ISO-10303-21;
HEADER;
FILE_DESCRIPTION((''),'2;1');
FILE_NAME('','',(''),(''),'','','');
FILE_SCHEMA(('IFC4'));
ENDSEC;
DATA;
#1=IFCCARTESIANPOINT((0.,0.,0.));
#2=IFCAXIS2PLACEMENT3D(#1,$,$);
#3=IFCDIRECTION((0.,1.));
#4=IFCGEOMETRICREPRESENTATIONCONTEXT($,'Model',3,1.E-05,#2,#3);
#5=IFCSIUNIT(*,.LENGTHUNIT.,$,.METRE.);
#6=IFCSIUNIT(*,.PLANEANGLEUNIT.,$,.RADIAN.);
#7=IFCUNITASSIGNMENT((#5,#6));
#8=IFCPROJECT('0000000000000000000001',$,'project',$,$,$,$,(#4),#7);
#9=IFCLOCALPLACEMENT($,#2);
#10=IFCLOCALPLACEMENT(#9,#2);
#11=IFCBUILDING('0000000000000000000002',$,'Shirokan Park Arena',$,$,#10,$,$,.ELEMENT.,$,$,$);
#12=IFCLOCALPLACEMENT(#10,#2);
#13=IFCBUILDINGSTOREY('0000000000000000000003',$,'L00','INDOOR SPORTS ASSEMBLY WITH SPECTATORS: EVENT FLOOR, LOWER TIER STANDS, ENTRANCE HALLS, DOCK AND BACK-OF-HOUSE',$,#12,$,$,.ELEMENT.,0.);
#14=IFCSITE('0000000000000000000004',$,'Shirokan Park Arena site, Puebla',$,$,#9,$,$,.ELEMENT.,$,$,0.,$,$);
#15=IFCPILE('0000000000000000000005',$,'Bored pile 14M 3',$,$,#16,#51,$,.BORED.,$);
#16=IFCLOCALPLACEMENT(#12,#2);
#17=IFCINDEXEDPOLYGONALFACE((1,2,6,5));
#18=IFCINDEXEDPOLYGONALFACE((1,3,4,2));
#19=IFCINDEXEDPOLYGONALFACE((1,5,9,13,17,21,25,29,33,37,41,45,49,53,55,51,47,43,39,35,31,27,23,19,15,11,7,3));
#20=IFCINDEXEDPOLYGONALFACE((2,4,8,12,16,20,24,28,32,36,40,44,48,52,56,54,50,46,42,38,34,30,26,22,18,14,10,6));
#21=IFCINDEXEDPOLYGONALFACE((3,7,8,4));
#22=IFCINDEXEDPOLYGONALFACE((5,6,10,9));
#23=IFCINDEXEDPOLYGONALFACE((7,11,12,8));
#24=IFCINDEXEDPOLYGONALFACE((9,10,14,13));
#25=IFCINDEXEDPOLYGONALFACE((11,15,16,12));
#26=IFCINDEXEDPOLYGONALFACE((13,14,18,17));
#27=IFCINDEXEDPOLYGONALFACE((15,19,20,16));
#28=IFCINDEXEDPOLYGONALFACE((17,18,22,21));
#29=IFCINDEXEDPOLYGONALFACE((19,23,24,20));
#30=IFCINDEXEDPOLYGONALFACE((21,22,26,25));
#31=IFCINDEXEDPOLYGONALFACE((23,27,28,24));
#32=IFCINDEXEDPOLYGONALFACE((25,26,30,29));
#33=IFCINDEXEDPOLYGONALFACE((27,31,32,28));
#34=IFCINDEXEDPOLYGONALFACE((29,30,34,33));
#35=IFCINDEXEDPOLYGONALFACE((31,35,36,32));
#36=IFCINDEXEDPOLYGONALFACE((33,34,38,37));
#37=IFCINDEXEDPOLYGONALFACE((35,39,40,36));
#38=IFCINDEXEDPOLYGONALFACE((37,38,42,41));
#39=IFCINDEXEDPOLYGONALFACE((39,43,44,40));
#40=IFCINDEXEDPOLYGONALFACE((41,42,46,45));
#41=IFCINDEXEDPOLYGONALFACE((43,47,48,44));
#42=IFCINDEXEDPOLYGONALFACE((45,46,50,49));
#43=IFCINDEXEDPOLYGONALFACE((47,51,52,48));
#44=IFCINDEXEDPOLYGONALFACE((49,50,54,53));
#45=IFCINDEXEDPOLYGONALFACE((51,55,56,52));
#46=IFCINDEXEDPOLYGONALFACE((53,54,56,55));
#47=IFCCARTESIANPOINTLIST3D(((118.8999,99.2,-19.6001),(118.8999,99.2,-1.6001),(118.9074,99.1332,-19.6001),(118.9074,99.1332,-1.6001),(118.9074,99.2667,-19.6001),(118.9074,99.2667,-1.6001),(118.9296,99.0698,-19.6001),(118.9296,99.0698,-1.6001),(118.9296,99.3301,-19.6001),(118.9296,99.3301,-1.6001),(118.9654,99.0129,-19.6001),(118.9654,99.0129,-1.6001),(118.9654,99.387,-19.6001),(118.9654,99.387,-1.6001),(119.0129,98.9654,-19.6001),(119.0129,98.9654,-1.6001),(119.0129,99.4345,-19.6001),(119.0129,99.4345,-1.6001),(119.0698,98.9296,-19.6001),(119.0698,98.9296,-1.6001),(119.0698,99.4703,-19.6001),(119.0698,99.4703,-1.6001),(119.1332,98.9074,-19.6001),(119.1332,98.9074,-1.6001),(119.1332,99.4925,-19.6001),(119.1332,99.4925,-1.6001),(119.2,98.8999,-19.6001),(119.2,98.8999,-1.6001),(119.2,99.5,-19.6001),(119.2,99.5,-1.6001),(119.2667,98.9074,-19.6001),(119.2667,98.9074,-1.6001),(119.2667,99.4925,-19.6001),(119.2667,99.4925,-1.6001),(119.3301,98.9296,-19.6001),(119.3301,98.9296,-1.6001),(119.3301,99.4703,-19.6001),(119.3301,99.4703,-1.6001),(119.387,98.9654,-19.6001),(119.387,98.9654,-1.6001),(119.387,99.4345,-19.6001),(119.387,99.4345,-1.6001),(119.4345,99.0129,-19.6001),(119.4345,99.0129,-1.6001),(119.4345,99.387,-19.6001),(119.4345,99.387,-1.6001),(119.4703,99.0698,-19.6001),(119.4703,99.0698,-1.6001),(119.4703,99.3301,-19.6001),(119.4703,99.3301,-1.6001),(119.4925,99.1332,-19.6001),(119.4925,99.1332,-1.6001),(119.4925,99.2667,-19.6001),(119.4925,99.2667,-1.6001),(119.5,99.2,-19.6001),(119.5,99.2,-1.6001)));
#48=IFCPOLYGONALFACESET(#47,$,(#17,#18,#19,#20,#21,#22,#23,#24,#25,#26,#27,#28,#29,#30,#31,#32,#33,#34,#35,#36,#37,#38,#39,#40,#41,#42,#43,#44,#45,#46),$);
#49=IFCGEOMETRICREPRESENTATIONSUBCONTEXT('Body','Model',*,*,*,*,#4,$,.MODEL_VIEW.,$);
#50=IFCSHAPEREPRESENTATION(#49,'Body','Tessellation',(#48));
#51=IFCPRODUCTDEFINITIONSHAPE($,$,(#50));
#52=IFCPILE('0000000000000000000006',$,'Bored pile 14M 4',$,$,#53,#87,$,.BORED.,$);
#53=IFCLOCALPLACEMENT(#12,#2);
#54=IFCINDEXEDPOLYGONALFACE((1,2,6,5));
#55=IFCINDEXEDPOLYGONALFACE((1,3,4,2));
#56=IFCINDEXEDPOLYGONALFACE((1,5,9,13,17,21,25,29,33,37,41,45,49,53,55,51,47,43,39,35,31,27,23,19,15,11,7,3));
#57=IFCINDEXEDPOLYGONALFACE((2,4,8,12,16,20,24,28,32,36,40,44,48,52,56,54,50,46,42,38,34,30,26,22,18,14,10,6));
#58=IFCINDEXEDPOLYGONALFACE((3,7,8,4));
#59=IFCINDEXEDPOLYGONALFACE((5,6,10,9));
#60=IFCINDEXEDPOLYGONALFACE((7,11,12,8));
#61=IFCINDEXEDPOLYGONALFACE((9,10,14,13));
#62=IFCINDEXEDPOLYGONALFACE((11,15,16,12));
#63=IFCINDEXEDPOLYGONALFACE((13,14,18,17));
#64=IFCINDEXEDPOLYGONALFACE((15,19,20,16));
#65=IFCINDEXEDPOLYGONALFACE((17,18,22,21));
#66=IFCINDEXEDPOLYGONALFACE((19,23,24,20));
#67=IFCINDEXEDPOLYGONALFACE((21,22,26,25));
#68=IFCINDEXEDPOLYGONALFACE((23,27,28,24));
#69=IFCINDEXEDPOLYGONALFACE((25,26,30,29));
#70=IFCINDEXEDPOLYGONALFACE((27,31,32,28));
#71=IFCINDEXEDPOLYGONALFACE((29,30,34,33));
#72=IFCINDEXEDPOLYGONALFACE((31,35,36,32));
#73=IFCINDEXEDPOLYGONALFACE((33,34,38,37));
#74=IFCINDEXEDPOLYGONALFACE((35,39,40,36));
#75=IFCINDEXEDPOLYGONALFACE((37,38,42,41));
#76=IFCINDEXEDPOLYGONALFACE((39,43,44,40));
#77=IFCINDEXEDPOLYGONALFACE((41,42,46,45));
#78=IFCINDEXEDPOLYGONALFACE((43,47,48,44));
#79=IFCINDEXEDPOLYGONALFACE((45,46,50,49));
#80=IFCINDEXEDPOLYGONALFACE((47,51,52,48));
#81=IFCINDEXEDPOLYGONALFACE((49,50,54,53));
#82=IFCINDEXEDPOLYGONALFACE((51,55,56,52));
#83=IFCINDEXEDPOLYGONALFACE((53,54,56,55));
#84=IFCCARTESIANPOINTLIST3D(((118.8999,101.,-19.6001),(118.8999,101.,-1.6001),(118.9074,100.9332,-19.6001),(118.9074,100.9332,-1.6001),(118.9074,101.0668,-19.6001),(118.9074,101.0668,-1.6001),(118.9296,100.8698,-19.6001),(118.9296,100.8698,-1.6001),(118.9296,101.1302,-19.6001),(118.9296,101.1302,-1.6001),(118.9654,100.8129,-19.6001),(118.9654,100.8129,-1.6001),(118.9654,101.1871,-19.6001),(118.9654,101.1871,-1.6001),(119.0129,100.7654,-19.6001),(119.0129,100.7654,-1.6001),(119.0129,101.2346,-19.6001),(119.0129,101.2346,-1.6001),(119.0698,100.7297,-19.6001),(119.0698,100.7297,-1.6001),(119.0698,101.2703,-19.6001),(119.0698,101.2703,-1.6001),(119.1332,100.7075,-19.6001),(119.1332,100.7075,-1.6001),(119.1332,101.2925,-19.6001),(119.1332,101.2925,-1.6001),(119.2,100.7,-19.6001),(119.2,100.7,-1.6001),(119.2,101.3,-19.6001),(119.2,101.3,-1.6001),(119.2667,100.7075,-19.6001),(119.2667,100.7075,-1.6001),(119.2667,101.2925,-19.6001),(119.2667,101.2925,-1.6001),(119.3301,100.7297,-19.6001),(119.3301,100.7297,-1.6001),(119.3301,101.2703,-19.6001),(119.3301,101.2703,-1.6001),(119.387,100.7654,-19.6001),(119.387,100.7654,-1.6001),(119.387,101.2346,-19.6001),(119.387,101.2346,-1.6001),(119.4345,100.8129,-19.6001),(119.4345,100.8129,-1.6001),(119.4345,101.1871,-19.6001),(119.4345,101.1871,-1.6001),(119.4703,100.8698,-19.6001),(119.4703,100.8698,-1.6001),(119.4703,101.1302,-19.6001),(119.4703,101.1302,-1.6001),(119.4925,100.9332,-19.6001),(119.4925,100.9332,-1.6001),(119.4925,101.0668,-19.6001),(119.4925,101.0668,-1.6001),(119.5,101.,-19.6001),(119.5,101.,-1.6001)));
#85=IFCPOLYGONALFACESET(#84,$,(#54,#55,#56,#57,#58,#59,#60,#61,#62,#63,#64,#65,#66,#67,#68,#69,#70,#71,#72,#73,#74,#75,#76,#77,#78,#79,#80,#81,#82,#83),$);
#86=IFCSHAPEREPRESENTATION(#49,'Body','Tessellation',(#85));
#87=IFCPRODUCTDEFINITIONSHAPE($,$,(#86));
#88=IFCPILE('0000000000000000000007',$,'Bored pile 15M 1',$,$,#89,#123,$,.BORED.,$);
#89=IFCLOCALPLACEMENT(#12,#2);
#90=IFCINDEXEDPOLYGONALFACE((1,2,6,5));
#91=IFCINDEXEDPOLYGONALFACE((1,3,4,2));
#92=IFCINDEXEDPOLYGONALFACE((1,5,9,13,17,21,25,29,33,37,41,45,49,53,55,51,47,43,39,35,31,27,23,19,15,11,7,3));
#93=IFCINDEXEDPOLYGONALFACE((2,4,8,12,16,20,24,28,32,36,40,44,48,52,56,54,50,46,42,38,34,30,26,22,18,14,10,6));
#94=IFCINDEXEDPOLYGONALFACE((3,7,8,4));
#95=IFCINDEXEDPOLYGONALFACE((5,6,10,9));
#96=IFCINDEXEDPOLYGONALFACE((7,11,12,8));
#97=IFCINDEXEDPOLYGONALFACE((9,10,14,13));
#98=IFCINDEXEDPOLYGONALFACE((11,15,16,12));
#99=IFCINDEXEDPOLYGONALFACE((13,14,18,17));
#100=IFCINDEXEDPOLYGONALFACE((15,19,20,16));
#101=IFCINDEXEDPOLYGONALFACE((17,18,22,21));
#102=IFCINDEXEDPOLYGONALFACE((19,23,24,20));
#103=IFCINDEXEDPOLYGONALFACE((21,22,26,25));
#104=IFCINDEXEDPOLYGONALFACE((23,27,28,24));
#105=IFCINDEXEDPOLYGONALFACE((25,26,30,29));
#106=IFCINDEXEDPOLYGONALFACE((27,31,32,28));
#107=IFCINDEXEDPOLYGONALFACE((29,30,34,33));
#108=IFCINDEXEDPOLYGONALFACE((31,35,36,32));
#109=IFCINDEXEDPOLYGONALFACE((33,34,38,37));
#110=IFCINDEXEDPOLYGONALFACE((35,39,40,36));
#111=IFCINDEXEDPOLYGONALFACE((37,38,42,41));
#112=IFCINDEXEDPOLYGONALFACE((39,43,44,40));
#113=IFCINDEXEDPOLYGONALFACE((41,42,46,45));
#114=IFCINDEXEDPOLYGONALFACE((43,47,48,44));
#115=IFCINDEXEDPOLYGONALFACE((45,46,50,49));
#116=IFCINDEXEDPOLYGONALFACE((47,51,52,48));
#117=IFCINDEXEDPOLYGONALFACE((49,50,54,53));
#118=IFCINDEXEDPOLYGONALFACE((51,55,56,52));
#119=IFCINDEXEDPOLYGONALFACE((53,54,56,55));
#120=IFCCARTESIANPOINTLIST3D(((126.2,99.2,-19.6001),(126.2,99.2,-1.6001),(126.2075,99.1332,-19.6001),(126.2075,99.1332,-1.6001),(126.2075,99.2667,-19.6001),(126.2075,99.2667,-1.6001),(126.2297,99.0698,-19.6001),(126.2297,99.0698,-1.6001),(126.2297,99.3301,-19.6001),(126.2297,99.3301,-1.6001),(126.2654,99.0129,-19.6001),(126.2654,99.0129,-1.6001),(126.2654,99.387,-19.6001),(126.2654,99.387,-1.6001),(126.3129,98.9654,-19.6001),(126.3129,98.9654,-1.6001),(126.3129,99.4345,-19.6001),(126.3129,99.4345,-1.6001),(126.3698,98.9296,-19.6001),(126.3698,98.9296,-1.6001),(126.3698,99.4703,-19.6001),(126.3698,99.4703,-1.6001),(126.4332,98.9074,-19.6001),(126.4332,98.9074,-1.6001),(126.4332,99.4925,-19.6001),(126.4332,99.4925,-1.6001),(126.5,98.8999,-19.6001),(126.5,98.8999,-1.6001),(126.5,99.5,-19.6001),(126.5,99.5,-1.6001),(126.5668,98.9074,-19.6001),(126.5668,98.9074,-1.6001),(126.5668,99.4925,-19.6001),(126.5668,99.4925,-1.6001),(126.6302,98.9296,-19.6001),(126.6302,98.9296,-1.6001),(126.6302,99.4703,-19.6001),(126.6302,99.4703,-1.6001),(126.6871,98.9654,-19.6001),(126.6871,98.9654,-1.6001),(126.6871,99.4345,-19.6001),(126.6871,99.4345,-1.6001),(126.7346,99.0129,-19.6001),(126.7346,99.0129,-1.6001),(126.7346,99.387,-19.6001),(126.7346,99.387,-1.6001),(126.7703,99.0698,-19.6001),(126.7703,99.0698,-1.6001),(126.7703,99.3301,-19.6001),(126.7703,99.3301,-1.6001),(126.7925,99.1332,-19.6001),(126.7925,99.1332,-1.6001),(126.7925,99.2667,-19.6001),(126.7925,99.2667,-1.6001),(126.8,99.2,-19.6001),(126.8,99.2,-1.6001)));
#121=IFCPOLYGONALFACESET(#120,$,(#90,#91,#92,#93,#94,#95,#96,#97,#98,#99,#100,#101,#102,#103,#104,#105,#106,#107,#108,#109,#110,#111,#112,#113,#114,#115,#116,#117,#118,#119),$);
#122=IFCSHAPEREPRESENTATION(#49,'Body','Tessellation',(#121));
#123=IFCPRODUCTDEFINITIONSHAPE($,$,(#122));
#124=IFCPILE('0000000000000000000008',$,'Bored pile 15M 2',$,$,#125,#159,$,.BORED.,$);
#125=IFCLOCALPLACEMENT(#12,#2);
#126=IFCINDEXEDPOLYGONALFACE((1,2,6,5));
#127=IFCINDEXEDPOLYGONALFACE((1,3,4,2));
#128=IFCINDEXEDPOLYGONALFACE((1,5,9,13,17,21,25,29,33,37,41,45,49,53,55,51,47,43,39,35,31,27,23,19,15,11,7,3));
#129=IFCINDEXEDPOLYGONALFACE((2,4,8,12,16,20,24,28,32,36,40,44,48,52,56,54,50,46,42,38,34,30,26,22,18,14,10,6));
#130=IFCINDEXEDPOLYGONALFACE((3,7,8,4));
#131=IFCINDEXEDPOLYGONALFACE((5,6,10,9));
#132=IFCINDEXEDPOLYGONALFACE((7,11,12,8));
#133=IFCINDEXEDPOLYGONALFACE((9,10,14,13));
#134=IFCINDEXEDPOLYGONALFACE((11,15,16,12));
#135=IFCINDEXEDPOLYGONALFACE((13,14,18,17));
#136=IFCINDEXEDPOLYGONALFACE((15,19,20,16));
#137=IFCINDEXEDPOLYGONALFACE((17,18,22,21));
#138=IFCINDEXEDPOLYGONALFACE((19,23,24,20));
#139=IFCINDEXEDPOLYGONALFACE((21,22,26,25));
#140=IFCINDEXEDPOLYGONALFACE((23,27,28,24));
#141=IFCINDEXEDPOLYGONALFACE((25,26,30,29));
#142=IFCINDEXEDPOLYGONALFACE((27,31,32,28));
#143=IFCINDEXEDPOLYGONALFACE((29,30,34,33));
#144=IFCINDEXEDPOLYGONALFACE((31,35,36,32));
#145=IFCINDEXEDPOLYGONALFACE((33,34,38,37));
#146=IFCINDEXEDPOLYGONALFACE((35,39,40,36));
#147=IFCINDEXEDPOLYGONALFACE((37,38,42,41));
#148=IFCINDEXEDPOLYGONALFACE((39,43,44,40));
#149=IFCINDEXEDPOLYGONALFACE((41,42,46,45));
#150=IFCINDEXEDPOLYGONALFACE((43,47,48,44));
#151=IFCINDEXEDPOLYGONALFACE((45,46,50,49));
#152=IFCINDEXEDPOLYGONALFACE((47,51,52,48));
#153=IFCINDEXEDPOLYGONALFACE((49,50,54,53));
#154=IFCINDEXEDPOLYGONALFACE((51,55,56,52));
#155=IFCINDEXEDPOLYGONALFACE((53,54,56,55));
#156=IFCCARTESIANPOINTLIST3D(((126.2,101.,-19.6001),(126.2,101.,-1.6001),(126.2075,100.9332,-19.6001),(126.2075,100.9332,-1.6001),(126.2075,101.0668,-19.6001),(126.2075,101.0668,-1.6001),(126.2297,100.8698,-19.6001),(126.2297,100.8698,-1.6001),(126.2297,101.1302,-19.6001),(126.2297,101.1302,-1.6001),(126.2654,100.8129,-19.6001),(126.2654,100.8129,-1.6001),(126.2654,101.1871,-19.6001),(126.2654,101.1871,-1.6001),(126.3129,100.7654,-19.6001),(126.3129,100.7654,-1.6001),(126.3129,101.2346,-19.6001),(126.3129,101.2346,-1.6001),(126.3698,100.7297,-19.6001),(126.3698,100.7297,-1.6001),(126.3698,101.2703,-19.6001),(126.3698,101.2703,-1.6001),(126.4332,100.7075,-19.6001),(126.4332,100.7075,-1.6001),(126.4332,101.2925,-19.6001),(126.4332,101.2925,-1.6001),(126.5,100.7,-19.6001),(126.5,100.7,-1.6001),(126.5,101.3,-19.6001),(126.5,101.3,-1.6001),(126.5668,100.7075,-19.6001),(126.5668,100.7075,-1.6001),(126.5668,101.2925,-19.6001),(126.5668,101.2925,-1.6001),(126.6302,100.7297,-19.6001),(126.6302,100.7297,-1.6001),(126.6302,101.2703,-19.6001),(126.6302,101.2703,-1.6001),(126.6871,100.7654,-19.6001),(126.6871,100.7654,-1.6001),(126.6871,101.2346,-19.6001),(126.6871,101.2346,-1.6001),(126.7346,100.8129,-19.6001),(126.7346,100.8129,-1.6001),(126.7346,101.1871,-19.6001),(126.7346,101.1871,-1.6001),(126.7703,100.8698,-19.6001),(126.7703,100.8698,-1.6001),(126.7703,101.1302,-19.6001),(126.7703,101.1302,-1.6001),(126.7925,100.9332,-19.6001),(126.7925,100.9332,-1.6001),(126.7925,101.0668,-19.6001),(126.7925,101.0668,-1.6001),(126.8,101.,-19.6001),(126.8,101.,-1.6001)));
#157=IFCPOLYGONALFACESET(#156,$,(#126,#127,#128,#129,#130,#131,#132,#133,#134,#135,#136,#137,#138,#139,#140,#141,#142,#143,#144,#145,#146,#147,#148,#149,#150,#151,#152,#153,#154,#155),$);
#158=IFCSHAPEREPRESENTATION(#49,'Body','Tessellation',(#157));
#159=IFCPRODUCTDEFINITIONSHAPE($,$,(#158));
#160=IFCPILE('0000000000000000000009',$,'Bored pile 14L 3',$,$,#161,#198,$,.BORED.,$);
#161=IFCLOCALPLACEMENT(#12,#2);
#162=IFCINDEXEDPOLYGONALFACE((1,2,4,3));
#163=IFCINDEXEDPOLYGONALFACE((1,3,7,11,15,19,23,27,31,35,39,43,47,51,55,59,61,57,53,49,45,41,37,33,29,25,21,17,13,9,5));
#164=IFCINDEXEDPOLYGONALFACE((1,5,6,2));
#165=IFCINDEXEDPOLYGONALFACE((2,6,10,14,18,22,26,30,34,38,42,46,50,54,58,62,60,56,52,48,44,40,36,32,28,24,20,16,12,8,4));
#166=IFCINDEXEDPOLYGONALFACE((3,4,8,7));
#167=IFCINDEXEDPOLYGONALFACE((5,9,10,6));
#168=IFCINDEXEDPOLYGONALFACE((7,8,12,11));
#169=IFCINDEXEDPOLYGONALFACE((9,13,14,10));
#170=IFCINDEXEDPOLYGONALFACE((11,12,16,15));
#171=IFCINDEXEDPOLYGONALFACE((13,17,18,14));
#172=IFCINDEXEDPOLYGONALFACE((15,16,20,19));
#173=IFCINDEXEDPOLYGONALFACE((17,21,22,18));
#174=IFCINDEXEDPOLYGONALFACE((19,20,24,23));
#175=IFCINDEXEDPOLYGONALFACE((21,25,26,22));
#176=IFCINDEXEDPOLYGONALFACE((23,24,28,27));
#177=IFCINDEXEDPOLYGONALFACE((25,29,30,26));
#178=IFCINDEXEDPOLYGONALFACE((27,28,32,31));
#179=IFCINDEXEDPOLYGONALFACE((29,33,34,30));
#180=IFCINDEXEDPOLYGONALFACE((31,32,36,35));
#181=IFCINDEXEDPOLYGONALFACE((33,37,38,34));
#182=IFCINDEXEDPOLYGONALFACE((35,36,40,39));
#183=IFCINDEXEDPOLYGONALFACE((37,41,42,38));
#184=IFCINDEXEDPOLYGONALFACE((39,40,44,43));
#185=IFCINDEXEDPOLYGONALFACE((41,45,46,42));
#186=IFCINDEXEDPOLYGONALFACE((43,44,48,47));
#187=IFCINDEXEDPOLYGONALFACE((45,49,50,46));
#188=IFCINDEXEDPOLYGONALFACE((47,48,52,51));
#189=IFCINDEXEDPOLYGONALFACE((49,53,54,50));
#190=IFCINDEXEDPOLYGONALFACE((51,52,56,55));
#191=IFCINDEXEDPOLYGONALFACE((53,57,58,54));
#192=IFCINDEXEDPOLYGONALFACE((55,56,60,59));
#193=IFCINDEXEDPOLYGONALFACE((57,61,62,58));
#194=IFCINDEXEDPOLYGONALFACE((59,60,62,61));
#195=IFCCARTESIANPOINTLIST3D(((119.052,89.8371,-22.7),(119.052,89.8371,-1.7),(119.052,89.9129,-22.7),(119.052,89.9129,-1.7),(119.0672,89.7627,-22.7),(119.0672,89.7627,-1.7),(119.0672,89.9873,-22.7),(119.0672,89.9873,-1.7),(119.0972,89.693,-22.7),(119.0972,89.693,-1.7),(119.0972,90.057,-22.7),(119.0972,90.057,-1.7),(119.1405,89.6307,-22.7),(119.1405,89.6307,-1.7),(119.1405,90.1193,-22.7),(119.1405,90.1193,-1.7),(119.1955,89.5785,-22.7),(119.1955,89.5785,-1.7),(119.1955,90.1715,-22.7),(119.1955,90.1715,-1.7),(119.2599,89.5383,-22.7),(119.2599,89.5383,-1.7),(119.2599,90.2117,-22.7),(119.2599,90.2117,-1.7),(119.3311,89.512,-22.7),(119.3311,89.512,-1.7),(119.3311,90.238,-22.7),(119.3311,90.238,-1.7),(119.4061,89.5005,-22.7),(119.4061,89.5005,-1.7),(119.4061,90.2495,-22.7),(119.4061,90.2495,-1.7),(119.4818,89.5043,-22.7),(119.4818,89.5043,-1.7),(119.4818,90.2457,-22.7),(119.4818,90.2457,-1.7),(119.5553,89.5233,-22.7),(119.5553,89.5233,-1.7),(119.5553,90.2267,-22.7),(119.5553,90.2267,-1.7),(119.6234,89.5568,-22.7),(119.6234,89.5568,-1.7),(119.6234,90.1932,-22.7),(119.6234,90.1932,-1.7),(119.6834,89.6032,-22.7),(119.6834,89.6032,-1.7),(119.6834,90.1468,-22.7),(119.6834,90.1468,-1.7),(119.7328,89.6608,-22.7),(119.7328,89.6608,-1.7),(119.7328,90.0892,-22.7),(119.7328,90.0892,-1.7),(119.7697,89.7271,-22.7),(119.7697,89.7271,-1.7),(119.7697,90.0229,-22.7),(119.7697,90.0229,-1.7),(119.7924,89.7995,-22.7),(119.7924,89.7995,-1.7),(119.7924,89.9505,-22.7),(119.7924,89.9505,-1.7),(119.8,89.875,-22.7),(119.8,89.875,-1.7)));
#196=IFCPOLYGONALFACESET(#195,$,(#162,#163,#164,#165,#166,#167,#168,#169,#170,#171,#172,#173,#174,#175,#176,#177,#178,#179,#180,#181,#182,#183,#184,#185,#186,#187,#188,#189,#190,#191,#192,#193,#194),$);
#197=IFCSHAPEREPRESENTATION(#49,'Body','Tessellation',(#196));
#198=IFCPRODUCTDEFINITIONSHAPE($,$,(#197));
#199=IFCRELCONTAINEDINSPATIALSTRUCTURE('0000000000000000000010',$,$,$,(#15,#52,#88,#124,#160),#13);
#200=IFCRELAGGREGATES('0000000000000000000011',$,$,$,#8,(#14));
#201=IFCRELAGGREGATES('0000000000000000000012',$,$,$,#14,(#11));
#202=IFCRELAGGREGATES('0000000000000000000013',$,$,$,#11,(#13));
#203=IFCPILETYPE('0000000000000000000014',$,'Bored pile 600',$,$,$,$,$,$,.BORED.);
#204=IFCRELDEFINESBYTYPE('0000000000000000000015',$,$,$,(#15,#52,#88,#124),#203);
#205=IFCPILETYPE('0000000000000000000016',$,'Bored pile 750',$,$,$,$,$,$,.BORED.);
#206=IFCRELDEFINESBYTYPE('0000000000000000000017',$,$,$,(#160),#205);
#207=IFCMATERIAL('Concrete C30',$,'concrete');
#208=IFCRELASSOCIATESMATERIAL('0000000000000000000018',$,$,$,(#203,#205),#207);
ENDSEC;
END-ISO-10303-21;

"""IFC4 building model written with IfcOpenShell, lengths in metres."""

from ifc_helpers import new_model, si_unit, direction, frame, origin, origin_2d, place, context, subcontext, project, spatial, circle, extrude, material, material_profile, profile_set, type_object, element, save


model = new_model("IFC4")

# Units and contexts
model_context = context("Model", 3, precision=1e-05, world=origin(), true_north=direction((0.0, 1.0)))
body_context = subcontext(model_context, "Body", "Model", "MODEL_VIEW")
ifc_project = project(units=[si_unit("LENGTHUNIT", "METRE"), si_unit("PLANEANGLEUNIT", "RADIAN")], contexts=[model_context])

# Site, building, storey
site_placement = place(None, origin())
site = spatial("IfcSite", under=ifc_project, at=site_placement, Name="Shirokan Park Arena site, Puebla", CompositionType="ELEMENT", RefElevation=0.0)
building_placement = place(site_placement, origin())
building = spatial("IfcBuilding", under=site, at=building_placement, Name="Shirokan Park Arena", CompositionType="ELEMENT")
storey_placement = place(building_placement, origin())
storey = spatial("IfcBuildingStorey", under=building, at=storey_placement, Name="L00", Description="INDOOR SPORTS ASSEMBLY WITH SPECTATORS: EVENT FLOOR, LOWER TIER STANDS, ENTRANCE HALLS, DOCK AND BACK-OF-HOUSE", CompositionType="ELEMENT", Elevation=0.0)

# Piles
ifc_material_1 = material(Name="Concrete C30", Category="concrete")
ifc_material_profile_1 = material_profile(ifc_material_1, circle(Radius=0.3, at=origin_2d()), Name="D600")
ifc_profile_set_1 = profile_set([ifc_material_profile_1], Name="Concrete C30")
pile_type_1 = type_object("IfcPileType", Name="Bored pile 600", PredefinedType="BORED", material=ifc_profile_set_1)
for number, where, z_axis, x_axis, name in (
    (1, (119.2, 99.2, -1.6001), (0.0, 0.0, -1.0), (1.0, 0.0, 0.0), "Bored pile 14M 3"),
    (2, (119.2, 101.0, -1.6001), (0.0, 0.0, -1.0), (1.0, 0.0, 0.0), "Bored pile 14M 4"),
    (3, (126.5, 99.2, -1.6001), (0.0, 0.0, -1.0), (1.0, 0.0, 0.0), "Bored pile 15M 1"),
    (4, (126.5, 101.0, -1.6001), (0.0, 0.0, -1.0), (1.0, 0.0, 0.0), "Bored pile 15M 2"),
):
    element("IfcPile", number, at=place(storey_placement, frame(where, z_axis=z_axis, x_axis=x_axis)), inside=storey, type_object=pile_type_1, Name=name, PredefinedType="BORED", context=body_context, shape_type="SweptSolid", body=[
        extrude(circle(Radius=0.3, at=origin_2d()), origin(), (0.0, 0.0, 1.0), 18.0),
    ])
ifc_material_profile_2 = material_profile(ifc_material_1, circle(Radius=0.375, at=origin_2d()), Name="D750")
ifc_profile_set_2 = profile_set([ifc_material_profile_2], Name="Concrete C30")
pile_type_2 = type_object("IfcPileType", Name="Bored pile 750", PredefinedType="BORED", material=ifc_profile_set_2)
for number, where, z_axis, x_axis, name in (
    (5, (119.425, 89.875, -1.7), (0.0, 0.0, -1.0), (1.0, 0.0, 0.0), "Bored pile 14L 3"),
):
    element("IfcPile", number, at=place(storey_placement, frame(where, z_axis=z_axis, x_axis=x_axis)), inside=storey, type_object=pile_type_2, Name=name, PredefinedType="BORED", context=body_context, shape_type="SweptSolid", body=[
        extrude(circle(Radius=0.375, at=origin_2d()), origin(), (0.0, 0.0, 1.0), 21.0),
    ])

save(model, "model.ifc")
